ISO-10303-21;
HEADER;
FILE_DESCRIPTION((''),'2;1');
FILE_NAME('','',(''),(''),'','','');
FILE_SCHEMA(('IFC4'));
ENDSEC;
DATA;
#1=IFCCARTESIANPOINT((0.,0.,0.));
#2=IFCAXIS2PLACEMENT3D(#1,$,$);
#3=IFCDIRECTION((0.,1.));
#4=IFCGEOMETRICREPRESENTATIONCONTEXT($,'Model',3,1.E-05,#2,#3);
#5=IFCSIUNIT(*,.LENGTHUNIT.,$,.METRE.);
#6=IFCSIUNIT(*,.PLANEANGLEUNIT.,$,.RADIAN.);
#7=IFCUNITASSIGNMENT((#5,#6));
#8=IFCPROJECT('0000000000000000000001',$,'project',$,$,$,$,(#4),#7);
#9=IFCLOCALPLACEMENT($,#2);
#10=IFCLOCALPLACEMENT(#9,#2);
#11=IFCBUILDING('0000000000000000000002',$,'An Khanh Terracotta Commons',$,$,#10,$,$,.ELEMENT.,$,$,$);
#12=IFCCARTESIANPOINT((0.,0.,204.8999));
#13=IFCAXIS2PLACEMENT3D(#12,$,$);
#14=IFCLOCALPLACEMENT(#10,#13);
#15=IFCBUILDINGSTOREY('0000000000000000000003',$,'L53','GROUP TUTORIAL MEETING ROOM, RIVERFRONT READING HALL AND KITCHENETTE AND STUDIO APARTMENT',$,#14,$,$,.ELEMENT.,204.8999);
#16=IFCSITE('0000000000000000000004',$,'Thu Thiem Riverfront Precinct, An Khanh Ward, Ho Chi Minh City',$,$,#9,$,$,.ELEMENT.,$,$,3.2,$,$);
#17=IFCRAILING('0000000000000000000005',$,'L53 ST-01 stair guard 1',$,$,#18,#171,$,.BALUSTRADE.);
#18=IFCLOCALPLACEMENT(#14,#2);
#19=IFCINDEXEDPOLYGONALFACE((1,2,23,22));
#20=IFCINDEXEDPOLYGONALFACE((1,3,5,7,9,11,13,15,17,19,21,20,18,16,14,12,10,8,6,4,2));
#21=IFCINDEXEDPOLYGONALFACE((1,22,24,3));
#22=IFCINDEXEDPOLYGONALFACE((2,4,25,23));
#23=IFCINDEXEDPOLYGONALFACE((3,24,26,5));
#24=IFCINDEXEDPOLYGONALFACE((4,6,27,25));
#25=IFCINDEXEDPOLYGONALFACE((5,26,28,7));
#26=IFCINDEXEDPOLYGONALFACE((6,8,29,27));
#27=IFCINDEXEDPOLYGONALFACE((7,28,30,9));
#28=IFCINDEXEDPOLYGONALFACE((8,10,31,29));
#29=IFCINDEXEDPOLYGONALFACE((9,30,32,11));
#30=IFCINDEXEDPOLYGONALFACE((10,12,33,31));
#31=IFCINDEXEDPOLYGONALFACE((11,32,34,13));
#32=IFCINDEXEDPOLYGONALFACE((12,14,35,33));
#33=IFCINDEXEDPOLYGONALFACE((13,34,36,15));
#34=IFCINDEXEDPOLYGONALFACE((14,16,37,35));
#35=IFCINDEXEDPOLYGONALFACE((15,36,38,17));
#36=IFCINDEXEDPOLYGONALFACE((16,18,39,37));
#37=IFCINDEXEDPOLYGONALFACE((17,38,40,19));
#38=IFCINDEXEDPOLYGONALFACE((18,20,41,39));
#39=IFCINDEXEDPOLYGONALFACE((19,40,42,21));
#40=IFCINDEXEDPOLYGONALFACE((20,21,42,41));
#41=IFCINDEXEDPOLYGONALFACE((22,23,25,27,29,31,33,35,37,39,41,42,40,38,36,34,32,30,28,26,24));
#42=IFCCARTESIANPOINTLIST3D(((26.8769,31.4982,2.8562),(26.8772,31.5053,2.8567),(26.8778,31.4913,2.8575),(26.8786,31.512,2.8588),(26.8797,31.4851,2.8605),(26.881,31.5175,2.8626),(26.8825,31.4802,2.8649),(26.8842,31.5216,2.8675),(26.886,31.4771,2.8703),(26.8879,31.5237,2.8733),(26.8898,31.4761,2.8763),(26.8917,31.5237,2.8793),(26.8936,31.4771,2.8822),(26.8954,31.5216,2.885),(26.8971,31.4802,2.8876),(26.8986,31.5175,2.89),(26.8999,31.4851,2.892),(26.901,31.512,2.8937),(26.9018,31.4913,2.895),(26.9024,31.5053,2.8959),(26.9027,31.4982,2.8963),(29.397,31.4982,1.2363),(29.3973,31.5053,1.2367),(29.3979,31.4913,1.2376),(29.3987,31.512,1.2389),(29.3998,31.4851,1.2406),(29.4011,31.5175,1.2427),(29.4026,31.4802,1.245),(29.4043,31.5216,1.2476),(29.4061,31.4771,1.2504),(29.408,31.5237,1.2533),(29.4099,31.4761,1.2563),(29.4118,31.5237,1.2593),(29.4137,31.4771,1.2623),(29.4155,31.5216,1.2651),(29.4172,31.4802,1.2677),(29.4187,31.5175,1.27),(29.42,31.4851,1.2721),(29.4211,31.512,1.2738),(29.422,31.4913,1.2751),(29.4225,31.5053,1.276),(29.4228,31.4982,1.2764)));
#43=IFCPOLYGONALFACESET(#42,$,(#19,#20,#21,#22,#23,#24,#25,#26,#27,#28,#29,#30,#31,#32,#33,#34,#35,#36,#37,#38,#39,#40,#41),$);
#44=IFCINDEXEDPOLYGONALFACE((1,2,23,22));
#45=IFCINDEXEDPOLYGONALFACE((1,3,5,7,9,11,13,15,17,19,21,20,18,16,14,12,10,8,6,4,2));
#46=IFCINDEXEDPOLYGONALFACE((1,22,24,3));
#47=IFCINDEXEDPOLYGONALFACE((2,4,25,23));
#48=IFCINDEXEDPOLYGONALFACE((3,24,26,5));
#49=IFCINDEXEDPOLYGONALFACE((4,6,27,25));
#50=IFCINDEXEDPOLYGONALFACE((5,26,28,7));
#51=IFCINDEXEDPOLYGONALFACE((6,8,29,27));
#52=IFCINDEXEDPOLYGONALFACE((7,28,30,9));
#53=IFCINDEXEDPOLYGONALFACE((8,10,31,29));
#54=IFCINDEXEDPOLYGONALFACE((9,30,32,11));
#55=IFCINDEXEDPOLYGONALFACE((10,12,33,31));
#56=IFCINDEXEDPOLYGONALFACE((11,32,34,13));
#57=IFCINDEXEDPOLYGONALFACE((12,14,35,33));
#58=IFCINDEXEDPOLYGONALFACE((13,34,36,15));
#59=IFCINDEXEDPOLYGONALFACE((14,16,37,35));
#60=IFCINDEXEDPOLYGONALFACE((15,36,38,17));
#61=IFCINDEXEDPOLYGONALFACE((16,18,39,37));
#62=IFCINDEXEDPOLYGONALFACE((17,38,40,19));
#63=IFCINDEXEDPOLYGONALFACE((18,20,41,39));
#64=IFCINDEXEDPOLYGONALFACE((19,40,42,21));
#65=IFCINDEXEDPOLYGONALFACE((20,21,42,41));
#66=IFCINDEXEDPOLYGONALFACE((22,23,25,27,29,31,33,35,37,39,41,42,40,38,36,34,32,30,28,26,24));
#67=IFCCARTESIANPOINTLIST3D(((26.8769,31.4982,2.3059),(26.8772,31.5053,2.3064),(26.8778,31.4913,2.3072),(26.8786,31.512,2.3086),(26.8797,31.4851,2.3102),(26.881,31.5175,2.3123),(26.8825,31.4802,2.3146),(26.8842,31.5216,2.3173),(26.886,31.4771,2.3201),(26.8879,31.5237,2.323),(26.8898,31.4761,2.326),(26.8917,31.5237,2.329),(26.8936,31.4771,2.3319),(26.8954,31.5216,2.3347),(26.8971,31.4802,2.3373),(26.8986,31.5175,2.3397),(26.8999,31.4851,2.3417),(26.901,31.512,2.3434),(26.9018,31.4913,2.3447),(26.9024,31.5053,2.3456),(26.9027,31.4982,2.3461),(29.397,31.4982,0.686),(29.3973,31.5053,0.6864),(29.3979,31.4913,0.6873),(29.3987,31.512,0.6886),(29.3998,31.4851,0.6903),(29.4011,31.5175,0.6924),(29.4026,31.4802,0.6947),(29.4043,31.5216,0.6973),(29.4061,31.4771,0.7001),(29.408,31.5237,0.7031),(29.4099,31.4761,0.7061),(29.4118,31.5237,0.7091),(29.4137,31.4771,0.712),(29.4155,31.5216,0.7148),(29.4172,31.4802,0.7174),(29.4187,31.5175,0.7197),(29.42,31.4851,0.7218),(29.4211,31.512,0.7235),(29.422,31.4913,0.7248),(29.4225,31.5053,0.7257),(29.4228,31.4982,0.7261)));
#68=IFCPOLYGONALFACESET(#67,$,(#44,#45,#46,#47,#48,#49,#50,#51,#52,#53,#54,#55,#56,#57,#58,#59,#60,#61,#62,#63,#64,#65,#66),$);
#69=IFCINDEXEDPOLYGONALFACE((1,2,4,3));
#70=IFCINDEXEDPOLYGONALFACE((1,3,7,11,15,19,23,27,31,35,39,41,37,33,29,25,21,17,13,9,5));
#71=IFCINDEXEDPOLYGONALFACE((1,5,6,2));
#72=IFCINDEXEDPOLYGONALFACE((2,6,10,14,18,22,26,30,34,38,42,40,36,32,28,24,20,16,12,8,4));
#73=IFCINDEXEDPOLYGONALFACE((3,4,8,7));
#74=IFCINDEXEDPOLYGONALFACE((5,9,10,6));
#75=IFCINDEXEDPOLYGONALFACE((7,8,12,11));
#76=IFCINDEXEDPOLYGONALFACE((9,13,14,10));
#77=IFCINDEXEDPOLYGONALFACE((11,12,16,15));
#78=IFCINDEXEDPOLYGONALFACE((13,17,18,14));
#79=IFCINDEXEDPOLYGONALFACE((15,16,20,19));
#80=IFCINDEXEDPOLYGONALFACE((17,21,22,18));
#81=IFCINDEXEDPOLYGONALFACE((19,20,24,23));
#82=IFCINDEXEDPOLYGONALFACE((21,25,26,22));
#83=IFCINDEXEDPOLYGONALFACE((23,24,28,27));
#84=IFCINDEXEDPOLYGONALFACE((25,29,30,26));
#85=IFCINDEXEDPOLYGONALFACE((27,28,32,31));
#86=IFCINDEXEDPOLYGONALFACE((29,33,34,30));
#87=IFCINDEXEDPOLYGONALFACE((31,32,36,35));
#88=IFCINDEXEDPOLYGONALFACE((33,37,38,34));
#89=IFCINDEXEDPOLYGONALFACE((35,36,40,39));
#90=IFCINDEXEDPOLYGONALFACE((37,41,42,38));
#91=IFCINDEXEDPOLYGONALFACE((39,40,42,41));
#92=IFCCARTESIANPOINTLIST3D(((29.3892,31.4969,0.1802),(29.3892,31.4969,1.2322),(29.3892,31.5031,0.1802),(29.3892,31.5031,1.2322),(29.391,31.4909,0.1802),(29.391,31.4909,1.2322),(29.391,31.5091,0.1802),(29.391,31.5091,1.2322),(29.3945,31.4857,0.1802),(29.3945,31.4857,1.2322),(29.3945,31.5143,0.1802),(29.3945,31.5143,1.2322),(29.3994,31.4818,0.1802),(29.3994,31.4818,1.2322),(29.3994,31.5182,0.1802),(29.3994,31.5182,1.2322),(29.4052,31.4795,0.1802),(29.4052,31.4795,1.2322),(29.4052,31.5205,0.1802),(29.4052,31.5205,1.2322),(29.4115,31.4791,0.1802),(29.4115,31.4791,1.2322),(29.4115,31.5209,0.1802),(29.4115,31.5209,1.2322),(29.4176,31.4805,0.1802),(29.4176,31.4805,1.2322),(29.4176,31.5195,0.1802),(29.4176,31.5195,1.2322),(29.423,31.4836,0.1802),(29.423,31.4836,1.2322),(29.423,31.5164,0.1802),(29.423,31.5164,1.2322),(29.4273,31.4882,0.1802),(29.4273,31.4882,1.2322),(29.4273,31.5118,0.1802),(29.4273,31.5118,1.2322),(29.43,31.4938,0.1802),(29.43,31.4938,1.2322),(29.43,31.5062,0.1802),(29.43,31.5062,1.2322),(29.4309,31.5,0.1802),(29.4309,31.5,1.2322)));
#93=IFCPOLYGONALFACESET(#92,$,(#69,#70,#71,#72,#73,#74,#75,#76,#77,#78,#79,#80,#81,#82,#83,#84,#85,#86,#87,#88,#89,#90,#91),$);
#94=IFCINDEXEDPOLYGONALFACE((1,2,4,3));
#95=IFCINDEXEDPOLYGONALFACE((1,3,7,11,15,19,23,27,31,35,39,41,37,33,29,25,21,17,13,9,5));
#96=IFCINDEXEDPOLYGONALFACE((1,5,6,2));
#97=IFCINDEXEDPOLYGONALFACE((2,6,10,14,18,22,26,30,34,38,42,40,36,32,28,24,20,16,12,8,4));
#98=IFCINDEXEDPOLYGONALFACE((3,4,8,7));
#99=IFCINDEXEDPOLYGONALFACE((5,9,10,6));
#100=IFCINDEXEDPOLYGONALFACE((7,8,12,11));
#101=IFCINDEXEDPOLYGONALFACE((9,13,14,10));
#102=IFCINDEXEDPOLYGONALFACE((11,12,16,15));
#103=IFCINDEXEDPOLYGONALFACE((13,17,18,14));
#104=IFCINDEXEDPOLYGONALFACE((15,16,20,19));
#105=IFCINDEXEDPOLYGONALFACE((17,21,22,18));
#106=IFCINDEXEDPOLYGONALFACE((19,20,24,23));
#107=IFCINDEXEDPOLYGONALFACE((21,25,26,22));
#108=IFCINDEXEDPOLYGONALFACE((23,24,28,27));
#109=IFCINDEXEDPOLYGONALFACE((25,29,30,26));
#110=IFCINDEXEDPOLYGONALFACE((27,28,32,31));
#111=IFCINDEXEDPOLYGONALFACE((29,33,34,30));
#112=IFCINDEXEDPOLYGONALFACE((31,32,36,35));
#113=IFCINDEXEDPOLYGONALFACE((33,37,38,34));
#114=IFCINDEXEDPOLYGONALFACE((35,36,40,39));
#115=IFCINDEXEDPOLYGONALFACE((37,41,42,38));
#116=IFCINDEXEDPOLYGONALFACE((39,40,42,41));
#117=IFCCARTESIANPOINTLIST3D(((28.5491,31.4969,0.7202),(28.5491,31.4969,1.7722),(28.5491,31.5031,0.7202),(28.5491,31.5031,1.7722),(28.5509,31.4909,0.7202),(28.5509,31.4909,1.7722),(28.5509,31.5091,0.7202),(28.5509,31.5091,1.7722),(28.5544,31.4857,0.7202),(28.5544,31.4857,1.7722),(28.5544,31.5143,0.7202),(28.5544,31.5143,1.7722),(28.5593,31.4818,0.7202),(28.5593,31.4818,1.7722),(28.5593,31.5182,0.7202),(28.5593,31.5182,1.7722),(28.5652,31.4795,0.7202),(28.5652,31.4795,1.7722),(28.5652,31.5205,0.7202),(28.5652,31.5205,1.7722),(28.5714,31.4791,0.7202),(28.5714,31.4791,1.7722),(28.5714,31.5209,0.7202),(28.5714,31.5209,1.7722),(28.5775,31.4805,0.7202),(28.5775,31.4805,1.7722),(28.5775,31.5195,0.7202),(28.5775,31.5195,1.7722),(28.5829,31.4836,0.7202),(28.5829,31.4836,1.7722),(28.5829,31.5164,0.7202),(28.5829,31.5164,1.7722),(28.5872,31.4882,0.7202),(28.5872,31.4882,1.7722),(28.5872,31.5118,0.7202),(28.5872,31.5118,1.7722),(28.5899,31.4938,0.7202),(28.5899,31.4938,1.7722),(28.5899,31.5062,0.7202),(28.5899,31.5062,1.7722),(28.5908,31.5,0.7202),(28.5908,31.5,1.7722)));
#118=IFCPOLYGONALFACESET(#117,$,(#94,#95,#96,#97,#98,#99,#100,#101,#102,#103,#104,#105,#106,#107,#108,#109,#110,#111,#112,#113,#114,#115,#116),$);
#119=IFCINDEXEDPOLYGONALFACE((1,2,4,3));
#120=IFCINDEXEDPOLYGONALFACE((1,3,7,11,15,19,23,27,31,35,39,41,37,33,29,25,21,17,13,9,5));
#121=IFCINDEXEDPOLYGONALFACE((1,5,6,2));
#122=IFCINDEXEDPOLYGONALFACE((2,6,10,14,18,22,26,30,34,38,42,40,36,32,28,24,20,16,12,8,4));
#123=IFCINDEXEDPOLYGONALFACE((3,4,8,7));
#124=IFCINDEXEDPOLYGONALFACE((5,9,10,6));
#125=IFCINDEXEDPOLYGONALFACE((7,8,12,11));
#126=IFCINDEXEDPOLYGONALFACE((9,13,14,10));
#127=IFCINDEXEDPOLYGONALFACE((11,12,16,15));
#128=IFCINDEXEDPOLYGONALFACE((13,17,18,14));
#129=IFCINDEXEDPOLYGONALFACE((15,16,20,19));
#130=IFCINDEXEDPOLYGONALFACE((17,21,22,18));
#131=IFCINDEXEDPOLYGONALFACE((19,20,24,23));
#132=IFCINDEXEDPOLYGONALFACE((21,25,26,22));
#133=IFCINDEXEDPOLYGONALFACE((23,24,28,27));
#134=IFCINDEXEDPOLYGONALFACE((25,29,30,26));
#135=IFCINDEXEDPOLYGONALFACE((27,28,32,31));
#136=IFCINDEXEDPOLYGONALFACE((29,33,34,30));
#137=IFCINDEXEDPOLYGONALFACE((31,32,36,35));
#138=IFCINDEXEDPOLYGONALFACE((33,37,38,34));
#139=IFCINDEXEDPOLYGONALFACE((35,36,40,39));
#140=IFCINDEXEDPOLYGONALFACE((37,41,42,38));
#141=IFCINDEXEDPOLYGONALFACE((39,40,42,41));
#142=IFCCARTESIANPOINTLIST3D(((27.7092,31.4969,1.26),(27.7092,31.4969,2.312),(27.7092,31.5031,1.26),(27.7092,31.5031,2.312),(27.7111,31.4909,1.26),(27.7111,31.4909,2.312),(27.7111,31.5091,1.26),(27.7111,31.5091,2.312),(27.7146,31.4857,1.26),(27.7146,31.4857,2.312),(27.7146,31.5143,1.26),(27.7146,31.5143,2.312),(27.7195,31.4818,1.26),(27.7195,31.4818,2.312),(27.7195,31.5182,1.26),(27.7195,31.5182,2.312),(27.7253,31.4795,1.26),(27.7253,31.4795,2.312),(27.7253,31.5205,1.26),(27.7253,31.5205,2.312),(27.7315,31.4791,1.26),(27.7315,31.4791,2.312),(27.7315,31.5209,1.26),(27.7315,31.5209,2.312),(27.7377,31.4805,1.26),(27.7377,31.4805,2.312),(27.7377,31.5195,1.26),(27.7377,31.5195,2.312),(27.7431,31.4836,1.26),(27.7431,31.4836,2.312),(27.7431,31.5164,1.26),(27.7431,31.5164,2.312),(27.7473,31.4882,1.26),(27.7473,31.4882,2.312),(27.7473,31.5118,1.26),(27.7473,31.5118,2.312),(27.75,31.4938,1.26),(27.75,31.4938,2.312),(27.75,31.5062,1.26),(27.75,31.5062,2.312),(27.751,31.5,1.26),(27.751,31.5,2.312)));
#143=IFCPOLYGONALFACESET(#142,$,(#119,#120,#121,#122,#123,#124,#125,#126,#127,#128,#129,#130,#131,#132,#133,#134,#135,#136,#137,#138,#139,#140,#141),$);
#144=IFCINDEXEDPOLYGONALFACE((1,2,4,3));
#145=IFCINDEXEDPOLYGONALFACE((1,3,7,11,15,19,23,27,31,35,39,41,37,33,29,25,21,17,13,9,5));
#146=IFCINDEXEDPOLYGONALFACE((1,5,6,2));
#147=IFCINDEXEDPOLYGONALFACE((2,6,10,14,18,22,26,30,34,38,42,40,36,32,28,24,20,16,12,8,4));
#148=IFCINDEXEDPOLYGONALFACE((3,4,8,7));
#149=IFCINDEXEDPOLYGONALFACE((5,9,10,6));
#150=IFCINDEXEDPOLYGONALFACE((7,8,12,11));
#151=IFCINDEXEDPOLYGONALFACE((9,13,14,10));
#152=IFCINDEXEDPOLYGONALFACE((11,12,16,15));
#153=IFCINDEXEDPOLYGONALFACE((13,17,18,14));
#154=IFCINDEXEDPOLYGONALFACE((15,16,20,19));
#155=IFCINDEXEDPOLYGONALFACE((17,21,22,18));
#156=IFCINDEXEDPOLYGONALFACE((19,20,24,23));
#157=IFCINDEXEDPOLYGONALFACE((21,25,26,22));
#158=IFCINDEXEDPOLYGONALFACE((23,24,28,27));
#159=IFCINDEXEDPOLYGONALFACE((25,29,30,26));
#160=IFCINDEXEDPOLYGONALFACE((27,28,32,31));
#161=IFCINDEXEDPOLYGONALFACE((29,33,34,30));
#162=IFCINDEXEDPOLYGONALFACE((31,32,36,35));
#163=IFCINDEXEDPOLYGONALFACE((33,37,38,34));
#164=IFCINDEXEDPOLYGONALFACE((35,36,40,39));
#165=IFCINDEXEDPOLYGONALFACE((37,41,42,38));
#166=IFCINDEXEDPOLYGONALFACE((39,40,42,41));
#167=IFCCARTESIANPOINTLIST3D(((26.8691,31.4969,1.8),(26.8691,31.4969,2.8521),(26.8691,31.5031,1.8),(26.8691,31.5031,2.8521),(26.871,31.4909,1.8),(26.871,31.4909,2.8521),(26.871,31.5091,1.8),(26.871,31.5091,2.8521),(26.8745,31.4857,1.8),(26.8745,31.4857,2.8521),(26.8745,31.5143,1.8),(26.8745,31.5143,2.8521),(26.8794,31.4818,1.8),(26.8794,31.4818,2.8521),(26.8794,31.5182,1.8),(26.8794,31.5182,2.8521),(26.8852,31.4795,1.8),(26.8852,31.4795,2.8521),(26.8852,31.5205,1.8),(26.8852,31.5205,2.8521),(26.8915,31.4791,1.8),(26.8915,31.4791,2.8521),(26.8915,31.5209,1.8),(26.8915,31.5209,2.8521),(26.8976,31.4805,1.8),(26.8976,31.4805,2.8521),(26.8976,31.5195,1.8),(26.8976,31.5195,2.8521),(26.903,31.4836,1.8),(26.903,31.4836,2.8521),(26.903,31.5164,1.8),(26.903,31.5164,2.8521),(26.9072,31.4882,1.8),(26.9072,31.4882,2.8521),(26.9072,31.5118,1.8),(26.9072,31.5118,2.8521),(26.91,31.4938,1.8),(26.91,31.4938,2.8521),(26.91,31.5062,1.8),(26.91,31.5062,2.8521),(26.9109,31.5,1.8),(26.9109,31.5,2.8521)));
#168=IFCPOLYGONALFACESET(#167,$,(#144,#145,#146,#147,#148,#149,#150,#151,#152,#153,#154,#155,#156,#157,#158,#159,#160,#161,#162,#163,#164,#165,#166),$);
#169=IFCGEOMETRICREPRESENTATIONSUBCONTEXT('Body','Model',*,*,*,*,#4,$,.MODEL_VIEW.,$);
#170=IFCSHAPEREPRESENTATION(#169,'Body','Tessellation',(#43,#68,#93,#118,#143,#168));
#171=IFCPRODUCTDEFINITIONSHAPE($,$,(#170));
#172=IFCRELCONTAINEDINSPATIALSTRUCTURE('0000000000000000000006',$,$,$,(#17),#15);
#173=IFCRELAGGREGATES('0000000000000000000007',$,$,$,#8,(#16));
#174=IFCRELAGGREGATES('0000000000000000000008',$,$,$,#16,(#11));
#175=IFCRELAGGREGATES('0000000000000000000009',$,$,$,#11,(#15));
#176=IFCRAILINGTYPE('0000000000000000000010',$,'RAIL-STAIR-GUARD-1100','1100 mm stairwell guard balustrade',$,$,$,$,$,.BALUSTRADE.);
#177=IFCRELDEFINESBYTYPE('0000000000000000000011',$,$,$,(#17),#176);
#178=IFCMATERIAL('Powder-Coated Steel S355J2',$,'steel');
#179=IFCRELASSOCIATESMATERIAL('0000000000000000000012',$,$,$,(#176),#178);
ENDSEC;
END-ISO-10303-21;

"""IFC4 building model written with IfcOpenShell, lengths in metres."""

from ifc_helpers import new_model, si_unit, direction, frame, origin, origin_2d, place, context, subcontext, project, spatial, circle, extrude, material, type_object, element, save


model = new_model("IFC4")

# Units and contexts
model_context = context("Model", 3, precision=1e-05, world=origin(), true_north=direction((0.0, 1.0)))
body_context = subcontext(model_context, "Body", "Model", "MODEL_VIEW")
ifc_project = project(units=[si_unit("LENGTHUNIT", "METRE"), si_unit("PLANEANGLEUNIT", "RADIAN")], contexts=[model_context])

# Site, building, storey
site_placement = place(None, origin())
site = spatial("IfcSite", under=ifc_project, at=site_placement, Name="Thu Thiem Riverfront Precinct, An Khanh Ward, Ho Chi Minh City", CompositionType="ELEMENT", RefElevation=3.2)
building_placement = place(site_placement, origin())
building = spatial("IfcBuilding", under=site, at=building_placement, Name="An Khanh Terracotta Commons", CompositionType="ELEMENT")
storey_placement = place(building_placement, frame((0.0, 0.0, 204.8999)))
storey = spatial("IfcBuildingStorey", under=building, at=storey_placement, Name="L53", Description="GROUP TUTORIAL MEETING ROOM, RIVERFRONT READING HALL AND KITCHENETTE AND STUDIO APARTMENT", CompositionType="ELEMENT", Elevation=204.8999)

# Railing
ifc_material_1 = material(Name="Powder-Coated Steel S355J2", Category="steel")
railing_type_1 = type_object("IfcRailingType", Name="RAIL-STAIR-GUARD-1100", Description="1100 mm stairwell guard balustrade", PredefinedType="BALUSTRADE", material=ifc_material_1)
railing_1_placement = place(storey_placement, frame((29.4099, 31.5, 0.1802)))
element("IfcRailing", 1, at=railing_1_placement, inside=storey, type_object=railing_type_1, Name="L53 ST-01 stair guard 1", PredefinedType="BALUSTRADE", context=body_context, shape_type="SweptSolid", body=[
    extrude(circle(Radius=0.0239, at=origin_2d()), frame((0.0, 0.0, 1.0762), z_axis=(-0.8412, 0.0, 0.540725), x_axis=(0.0, -1.0, 0.0)), (0.0, 0.0, 1.0), 2.9958),
    extrude(circle(Radius=0.0239, at=origin_2d()), frame((0.0, 0.0, 0.5259), z_axis=(-0.8412, 0.0, 0.540725), x_axis=(0.0, -1.0, 0.0)), (0.0, 0.0, 1.0), 2.9958),
    extrude(circle(Radius=0.021, at=origin_2d()), origin(), (0.0, 0.0, 1.0), 1.052),
    extrude(circle(Radius=0.021, at=origin_2d()), frame((-0.8401, 0.0, 0.54)), (0.0, 0.0, 1.0), 1.052),
    extrude(circle(Radius=0.021, at=origin_2d()), frame((-1.6799, 0.0, 1.0798)), (0.0, 0.0, 1.0), 1.052),
    extrude(circle(Radius=0.021, at=origin_2d()), frame((-2.52, 0.0, 1.6199)), (0.0, 0.0, 1.0), 1.052),
])

save(model, "model.ifc")
